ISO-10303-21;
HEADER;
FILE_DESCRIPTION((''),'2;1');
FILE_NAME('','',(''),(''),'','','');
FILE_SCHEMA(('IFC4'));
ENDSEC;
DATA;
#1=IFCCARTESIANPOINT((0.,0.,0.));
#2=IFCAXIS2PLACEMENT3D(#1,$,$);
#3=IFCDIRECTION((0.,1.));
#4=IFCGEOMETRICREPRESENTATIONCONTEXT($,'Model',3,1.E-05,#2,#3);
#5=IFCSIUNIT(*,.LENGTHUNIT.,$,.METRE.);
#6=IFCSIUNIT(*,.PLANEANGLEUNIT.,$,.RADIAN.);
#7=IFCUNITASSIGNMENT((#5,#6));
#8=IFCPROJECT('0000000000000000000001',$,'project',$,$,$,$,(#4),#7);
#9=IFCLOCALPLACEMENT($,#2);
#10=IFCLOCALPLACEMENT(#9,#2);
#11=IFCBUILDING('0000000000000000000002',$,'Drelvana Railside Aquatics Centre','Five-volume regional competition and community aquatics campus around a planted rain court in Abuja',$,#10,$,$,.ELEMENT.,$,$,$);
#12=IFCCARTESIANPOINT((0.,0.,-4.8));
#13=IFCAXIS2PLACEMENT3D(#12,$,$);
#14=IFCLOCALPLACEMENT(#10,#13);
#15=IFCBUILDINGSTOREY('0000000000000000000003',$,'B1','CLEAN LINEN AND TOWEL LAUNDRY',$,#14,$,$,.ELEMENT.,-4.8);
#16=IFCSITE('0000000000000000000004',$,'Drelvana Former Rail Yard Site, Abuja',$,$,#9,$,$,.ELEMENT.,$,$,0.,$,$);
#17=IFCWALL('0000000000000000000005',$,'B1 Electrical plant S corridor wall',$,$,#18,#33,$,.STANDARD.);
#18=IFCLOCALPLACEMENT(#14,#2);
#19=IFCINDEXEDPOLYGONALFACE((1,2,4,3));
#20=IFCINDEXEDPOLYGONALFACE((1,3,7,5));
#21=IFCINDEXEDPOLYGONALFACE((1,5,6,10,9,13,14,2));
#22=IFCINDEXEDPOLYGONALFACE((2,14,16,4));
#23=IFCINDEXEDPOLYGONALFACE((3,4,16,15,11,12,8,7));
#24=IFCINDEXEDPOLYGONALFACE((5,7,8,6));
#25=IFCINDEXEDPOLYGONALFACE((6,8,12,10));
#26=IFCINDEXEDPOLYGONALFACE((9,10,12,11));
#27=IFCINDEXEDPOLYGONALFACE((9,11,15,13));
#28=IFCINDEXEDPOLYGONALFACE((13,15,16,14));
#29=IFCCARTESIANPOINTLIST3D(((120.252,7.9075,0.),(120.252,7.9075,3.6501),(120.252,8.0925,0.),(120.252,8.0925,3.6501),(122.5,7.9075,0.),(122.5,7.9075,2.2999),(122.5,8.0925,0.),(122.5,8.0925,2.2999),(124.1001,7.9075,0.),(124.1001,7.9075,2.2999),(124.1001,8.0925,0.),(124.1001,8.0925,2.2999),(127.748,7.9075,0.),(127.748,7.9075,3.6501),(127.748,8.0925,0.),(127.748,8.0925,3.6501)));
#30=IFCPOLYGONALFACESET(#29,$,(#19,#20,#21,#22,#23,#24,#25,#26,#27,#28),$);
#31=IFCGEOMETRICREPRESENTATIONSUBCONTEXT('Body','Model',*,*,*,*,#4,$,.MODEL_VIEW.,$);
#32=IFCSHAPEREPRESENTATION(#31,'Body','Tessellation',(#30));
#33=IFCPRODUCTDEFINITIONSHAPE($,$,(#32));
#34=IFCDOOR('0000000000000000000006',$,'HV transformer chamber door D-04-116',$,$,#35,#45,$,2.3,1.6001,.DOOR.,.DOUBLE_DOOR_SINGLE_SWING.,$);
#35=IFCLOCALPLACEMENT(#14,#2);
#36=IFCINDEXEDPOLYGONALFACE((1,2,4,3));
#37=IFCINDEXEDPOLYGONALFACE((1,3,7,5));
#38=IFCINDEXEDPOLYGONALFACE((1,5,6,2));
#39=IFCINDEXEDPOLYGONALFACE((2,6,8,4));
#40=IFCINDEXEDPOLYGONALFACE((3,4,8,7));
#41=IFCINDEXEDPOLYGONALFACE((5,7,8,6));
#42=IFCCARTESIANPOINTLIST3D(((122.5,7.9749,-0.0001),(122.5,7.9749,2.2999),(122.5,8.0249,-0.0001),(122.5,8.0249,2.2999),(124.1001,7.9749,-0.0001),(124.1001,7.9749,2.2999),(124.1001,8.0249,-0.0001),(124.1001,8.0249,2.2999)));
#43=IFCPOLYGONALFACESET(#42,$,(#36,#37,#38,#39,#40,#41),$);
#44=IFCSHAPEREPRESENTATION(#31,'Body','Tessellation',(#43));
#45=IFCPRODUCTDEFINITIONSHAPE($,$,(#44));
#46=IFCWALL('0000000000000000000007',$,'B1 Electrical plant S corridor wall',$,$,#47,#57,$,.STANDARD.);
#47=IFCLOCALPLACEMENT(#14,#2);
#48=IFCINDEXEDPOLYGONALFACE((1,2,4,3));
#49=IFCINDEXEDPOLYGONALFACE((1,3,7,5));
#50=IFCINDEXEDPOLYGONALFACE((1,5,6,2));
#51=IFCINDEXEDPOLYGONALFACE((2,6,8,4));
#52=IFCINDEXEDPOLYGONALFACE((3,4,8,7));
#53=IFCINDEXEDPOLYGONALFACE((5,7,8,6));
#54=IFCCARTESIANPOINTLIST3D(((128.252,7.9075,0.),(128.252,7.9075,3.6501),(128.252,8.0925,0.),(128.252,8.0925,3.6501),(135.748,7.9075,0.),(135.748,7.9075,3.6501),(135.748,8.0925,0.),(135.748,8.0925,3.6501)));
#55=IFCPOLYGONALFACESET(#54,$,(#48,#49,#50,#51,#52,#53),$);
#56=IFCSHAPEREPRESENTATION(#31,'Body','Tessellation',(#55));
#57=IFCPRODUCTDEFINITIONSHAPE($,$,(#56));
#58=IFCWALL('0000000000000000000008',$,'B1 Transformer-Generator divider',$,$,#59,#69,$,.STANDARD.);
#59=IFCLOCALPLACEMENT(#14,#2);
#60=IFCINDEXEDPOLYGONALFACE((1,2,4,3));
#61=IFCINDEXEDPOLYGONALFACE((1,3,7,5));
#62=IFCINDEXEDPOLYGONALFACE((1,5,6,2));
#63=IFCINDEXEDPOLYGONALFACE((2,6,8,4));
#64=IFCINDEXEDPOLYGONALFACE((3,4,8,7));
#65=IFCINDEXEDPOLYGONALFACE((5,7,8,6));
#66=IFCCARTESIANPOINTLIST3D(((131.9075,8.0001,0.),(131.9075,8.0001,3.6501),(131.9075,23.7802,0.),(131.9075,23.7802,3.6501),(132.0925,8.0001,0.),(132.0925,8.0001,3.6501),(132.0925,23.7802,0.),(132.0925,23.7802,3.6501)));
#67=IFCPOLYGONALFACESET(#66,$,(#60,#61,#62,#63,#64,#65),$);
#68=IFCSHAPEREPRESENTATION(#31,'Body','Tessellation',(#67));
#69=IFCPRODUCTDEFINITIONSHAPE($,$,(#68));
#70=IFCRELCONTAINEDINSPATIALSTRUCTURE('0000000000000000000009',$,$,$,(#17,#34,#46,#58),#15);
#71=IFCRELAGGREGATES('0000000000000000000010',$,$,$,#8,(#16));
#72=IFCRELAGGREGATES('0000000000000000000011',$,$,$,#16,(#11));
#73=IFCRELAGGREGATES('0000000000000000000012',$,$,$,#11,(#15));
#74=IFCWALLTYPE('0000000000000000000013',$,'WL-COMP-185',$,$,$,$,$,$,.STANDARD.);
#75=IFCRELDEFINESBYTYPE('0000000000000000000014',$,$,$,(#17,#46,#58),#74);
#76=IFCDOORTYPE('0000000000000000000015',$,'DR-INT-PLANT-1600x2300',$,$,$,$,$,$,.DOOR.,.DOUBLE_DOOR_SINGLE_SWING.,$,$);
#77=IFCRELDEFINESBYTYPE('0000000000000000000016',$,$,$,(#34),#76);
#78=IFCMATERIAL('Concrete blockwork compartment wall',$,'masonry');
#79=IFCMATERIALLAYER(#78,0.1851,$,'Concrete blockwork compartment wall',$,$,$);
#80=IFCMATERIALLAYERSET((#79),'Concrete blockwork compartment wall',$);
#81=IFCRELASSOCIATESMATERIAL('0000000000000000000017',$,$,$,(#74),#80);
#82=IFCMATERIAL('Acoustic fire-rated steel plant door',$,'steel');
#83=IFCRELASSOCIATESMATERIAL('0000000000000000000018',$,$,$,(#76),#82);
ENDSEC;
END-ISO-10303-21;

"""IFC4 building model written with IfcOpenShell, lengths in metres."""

from ifc_helpers import new_model, si_unit, direction, frame, frame_2d, origin, place, context, subcontext, project, spatial, rectangle, extrude, material, layer, layer_set, type_object, element, fill, save


model = new_model("IFC4")

# Units and contexts
model_context = context("Model", 3, precision=1e-05, world=origin(), true_north=direction((0.0, 1.0)))
body_context = subcontext(model_context, "Body", "Model", "MODEL_VIEW")
ifc_project = project(units=[si_unit("LENGTHUNIT", "METRE"), si_unit("PLANEANGLEUNIT", "RADIAN")], contexts=[model_context])

# Site, building, storey
site_placement = place(None, origin())
site = spatial("IfcSite", under=ifc_project, at=site_placement, Name="Drelvana Former Rail Yard Site, Abuja", CompositionType="ELEMENT", RefElevation=0.0)
building_placement = place(site_placement, origin())
building = spatial("IfcBuilding", under=site, at=building_placement, Name="Drelvana Railside Aquatics Centre", Description="Five-volume regional competition and community aquatics campus around a planted rain court in Abuja", CompositionType="ELEMENT")
storey_placement = place(building_placement, frame((0.0, 0.0, -4.8)))
storey = spatial("IfcBuildingStorey", under=building, at=storey_placement, Name="B1", Description="CLEAN LINEN AND TOWEL LAUNDRY", CompositionType="ELEMENT", Elevation=-4.8)

# Wall, opening, door
ifc_material_1 = material(Name="Concrete blockwork compartment wall", Category="masonry")
ifc_layer = layer(ifc_material_1, 0.1851, Name="Concrete blockwork compartment wall")
ifc_layer_set = layer_set([ifc_layer], Name="Concrete blockwork compartment wall")
wall_type = type_object("IfcWallType", Name="WL-COMP-185", PredefinedType="STANDARD", material=ifc_layer_set)
wall_1_placement = place(storey_placement, frame((120.252, 8.0, 0.0), z_axis=(0.0, 0.0, 1.0), x_axis=(1.0, 0.0, 0.0)))
wall_1 = element("IfcWall", 1, at=wall_1_placement, inside=storey, type_object=wall_type, Name="B1 Electrical plant S corridor wall", PredefinedType="STANDARD", context=body_context, shape_type="SweptSolid", body=[
    extrude(rectangle(XDim=7.4961, YDim=0.1851, at=frame_2d((3.748, 0.0))), origin(), (0.0, 0.0, 1.0), 3.6501),
])
opening_placement = place(wall_1_placement, frame((2.248, 0.0, 0.0)))
opening = element("IfcOpeningElement", 2, at=opening_placement, cuts=wall_1, PredefinedType="OPENING", context=body_context, shape_type="SweptSolid", body=[
    extrude(rectangle(XDim=1.6001, YDim=2.3, at=frame_2d((0.8, 1.1499))), frame((0.0, 0.1025, 0.0), z_axis=(0.0, -1.0, 0.0), x_axis=(1.0, 0.0, 0.0)), (0.0, 0.0, 1.0), 0.2051),
])
ifc_material_2 = material(Name="Acoustic fire-rated steel plant door", Category="steel")
door_type = type_object("IfcDoorType", Name="DR-INT-PLANT-1600x2300", OperationType="DOUBLE_DOOR_SINGLE_SWING", PredefinedType="DOOR", material=ifc_material_2)
door_placement = place(opening_placement, origin())
door = element("IfcDoor", 3, at=door_placement, inside=storey, type_object=door_type, Name="HV transformer chamber door D-04-116", OperationType="DOUBLE_DOOR_SINGLE_SWING", OverallHeight=2.3, OverallWidth=1.6001, PredefinedType="DOOR", context=body_context, shape_type="SweptSolid", body=[
    extrude(rectangle(XDim=1.6001, YDim=2.3, at=frame_2d((0.8, 1.1499))), frame((0.0, 0.0249, 0.0), z_axis=(0.0, -1.0, 0.0), x_axis=(1.0, 0.0, 0.0)), (0.0, 0.0, 1.0), 0.05),
])
fill(opening, door)

# Walls
wall_2_placement = place(storey_placement, frame((128.252, 8.0, 0.0), z_axis=(0.0, 0.0, 1.0), x_axis=(1.0, 0.0, 0.0)))
element("IfcWall", 4, at=wall_2_placement, inside=storey, type_object=wall_type, Name="B1 Electrical plant S corridor wall", PredefinedType="STANDARD", context=body_context, shape_type="SweptSolid", body=[
    extrude(rectangle(XDim=7.4961, YDim=0.1851, at=frame_2d((3.748, 0.0))), origin(), (0.0, 0.0, 1.0), 3.6501),
])
wall_3_placement = place(storey_placement, frame((132.0, 8.0, 0.0), z_axis=(0.0, 0.0, 1.0), x_axis=(0.0, 1.0, 0.0)))
element("IfcWall", 5, at=wall_3_placement, inside=storey, type_object=wall_type, Name="B1 Transformer-Generator divider", PredefinedType="STANDARD", context=body_context, shape_type="SweptSolid", body=[
    extrude(rectangle(XDim=15.78, YDim=0.1851, at=frame_2d((7.8901, 0.0))), origin(), (0.0, 0.0, 1.0), 3.6501),
])

save(model, "model.ifc")
